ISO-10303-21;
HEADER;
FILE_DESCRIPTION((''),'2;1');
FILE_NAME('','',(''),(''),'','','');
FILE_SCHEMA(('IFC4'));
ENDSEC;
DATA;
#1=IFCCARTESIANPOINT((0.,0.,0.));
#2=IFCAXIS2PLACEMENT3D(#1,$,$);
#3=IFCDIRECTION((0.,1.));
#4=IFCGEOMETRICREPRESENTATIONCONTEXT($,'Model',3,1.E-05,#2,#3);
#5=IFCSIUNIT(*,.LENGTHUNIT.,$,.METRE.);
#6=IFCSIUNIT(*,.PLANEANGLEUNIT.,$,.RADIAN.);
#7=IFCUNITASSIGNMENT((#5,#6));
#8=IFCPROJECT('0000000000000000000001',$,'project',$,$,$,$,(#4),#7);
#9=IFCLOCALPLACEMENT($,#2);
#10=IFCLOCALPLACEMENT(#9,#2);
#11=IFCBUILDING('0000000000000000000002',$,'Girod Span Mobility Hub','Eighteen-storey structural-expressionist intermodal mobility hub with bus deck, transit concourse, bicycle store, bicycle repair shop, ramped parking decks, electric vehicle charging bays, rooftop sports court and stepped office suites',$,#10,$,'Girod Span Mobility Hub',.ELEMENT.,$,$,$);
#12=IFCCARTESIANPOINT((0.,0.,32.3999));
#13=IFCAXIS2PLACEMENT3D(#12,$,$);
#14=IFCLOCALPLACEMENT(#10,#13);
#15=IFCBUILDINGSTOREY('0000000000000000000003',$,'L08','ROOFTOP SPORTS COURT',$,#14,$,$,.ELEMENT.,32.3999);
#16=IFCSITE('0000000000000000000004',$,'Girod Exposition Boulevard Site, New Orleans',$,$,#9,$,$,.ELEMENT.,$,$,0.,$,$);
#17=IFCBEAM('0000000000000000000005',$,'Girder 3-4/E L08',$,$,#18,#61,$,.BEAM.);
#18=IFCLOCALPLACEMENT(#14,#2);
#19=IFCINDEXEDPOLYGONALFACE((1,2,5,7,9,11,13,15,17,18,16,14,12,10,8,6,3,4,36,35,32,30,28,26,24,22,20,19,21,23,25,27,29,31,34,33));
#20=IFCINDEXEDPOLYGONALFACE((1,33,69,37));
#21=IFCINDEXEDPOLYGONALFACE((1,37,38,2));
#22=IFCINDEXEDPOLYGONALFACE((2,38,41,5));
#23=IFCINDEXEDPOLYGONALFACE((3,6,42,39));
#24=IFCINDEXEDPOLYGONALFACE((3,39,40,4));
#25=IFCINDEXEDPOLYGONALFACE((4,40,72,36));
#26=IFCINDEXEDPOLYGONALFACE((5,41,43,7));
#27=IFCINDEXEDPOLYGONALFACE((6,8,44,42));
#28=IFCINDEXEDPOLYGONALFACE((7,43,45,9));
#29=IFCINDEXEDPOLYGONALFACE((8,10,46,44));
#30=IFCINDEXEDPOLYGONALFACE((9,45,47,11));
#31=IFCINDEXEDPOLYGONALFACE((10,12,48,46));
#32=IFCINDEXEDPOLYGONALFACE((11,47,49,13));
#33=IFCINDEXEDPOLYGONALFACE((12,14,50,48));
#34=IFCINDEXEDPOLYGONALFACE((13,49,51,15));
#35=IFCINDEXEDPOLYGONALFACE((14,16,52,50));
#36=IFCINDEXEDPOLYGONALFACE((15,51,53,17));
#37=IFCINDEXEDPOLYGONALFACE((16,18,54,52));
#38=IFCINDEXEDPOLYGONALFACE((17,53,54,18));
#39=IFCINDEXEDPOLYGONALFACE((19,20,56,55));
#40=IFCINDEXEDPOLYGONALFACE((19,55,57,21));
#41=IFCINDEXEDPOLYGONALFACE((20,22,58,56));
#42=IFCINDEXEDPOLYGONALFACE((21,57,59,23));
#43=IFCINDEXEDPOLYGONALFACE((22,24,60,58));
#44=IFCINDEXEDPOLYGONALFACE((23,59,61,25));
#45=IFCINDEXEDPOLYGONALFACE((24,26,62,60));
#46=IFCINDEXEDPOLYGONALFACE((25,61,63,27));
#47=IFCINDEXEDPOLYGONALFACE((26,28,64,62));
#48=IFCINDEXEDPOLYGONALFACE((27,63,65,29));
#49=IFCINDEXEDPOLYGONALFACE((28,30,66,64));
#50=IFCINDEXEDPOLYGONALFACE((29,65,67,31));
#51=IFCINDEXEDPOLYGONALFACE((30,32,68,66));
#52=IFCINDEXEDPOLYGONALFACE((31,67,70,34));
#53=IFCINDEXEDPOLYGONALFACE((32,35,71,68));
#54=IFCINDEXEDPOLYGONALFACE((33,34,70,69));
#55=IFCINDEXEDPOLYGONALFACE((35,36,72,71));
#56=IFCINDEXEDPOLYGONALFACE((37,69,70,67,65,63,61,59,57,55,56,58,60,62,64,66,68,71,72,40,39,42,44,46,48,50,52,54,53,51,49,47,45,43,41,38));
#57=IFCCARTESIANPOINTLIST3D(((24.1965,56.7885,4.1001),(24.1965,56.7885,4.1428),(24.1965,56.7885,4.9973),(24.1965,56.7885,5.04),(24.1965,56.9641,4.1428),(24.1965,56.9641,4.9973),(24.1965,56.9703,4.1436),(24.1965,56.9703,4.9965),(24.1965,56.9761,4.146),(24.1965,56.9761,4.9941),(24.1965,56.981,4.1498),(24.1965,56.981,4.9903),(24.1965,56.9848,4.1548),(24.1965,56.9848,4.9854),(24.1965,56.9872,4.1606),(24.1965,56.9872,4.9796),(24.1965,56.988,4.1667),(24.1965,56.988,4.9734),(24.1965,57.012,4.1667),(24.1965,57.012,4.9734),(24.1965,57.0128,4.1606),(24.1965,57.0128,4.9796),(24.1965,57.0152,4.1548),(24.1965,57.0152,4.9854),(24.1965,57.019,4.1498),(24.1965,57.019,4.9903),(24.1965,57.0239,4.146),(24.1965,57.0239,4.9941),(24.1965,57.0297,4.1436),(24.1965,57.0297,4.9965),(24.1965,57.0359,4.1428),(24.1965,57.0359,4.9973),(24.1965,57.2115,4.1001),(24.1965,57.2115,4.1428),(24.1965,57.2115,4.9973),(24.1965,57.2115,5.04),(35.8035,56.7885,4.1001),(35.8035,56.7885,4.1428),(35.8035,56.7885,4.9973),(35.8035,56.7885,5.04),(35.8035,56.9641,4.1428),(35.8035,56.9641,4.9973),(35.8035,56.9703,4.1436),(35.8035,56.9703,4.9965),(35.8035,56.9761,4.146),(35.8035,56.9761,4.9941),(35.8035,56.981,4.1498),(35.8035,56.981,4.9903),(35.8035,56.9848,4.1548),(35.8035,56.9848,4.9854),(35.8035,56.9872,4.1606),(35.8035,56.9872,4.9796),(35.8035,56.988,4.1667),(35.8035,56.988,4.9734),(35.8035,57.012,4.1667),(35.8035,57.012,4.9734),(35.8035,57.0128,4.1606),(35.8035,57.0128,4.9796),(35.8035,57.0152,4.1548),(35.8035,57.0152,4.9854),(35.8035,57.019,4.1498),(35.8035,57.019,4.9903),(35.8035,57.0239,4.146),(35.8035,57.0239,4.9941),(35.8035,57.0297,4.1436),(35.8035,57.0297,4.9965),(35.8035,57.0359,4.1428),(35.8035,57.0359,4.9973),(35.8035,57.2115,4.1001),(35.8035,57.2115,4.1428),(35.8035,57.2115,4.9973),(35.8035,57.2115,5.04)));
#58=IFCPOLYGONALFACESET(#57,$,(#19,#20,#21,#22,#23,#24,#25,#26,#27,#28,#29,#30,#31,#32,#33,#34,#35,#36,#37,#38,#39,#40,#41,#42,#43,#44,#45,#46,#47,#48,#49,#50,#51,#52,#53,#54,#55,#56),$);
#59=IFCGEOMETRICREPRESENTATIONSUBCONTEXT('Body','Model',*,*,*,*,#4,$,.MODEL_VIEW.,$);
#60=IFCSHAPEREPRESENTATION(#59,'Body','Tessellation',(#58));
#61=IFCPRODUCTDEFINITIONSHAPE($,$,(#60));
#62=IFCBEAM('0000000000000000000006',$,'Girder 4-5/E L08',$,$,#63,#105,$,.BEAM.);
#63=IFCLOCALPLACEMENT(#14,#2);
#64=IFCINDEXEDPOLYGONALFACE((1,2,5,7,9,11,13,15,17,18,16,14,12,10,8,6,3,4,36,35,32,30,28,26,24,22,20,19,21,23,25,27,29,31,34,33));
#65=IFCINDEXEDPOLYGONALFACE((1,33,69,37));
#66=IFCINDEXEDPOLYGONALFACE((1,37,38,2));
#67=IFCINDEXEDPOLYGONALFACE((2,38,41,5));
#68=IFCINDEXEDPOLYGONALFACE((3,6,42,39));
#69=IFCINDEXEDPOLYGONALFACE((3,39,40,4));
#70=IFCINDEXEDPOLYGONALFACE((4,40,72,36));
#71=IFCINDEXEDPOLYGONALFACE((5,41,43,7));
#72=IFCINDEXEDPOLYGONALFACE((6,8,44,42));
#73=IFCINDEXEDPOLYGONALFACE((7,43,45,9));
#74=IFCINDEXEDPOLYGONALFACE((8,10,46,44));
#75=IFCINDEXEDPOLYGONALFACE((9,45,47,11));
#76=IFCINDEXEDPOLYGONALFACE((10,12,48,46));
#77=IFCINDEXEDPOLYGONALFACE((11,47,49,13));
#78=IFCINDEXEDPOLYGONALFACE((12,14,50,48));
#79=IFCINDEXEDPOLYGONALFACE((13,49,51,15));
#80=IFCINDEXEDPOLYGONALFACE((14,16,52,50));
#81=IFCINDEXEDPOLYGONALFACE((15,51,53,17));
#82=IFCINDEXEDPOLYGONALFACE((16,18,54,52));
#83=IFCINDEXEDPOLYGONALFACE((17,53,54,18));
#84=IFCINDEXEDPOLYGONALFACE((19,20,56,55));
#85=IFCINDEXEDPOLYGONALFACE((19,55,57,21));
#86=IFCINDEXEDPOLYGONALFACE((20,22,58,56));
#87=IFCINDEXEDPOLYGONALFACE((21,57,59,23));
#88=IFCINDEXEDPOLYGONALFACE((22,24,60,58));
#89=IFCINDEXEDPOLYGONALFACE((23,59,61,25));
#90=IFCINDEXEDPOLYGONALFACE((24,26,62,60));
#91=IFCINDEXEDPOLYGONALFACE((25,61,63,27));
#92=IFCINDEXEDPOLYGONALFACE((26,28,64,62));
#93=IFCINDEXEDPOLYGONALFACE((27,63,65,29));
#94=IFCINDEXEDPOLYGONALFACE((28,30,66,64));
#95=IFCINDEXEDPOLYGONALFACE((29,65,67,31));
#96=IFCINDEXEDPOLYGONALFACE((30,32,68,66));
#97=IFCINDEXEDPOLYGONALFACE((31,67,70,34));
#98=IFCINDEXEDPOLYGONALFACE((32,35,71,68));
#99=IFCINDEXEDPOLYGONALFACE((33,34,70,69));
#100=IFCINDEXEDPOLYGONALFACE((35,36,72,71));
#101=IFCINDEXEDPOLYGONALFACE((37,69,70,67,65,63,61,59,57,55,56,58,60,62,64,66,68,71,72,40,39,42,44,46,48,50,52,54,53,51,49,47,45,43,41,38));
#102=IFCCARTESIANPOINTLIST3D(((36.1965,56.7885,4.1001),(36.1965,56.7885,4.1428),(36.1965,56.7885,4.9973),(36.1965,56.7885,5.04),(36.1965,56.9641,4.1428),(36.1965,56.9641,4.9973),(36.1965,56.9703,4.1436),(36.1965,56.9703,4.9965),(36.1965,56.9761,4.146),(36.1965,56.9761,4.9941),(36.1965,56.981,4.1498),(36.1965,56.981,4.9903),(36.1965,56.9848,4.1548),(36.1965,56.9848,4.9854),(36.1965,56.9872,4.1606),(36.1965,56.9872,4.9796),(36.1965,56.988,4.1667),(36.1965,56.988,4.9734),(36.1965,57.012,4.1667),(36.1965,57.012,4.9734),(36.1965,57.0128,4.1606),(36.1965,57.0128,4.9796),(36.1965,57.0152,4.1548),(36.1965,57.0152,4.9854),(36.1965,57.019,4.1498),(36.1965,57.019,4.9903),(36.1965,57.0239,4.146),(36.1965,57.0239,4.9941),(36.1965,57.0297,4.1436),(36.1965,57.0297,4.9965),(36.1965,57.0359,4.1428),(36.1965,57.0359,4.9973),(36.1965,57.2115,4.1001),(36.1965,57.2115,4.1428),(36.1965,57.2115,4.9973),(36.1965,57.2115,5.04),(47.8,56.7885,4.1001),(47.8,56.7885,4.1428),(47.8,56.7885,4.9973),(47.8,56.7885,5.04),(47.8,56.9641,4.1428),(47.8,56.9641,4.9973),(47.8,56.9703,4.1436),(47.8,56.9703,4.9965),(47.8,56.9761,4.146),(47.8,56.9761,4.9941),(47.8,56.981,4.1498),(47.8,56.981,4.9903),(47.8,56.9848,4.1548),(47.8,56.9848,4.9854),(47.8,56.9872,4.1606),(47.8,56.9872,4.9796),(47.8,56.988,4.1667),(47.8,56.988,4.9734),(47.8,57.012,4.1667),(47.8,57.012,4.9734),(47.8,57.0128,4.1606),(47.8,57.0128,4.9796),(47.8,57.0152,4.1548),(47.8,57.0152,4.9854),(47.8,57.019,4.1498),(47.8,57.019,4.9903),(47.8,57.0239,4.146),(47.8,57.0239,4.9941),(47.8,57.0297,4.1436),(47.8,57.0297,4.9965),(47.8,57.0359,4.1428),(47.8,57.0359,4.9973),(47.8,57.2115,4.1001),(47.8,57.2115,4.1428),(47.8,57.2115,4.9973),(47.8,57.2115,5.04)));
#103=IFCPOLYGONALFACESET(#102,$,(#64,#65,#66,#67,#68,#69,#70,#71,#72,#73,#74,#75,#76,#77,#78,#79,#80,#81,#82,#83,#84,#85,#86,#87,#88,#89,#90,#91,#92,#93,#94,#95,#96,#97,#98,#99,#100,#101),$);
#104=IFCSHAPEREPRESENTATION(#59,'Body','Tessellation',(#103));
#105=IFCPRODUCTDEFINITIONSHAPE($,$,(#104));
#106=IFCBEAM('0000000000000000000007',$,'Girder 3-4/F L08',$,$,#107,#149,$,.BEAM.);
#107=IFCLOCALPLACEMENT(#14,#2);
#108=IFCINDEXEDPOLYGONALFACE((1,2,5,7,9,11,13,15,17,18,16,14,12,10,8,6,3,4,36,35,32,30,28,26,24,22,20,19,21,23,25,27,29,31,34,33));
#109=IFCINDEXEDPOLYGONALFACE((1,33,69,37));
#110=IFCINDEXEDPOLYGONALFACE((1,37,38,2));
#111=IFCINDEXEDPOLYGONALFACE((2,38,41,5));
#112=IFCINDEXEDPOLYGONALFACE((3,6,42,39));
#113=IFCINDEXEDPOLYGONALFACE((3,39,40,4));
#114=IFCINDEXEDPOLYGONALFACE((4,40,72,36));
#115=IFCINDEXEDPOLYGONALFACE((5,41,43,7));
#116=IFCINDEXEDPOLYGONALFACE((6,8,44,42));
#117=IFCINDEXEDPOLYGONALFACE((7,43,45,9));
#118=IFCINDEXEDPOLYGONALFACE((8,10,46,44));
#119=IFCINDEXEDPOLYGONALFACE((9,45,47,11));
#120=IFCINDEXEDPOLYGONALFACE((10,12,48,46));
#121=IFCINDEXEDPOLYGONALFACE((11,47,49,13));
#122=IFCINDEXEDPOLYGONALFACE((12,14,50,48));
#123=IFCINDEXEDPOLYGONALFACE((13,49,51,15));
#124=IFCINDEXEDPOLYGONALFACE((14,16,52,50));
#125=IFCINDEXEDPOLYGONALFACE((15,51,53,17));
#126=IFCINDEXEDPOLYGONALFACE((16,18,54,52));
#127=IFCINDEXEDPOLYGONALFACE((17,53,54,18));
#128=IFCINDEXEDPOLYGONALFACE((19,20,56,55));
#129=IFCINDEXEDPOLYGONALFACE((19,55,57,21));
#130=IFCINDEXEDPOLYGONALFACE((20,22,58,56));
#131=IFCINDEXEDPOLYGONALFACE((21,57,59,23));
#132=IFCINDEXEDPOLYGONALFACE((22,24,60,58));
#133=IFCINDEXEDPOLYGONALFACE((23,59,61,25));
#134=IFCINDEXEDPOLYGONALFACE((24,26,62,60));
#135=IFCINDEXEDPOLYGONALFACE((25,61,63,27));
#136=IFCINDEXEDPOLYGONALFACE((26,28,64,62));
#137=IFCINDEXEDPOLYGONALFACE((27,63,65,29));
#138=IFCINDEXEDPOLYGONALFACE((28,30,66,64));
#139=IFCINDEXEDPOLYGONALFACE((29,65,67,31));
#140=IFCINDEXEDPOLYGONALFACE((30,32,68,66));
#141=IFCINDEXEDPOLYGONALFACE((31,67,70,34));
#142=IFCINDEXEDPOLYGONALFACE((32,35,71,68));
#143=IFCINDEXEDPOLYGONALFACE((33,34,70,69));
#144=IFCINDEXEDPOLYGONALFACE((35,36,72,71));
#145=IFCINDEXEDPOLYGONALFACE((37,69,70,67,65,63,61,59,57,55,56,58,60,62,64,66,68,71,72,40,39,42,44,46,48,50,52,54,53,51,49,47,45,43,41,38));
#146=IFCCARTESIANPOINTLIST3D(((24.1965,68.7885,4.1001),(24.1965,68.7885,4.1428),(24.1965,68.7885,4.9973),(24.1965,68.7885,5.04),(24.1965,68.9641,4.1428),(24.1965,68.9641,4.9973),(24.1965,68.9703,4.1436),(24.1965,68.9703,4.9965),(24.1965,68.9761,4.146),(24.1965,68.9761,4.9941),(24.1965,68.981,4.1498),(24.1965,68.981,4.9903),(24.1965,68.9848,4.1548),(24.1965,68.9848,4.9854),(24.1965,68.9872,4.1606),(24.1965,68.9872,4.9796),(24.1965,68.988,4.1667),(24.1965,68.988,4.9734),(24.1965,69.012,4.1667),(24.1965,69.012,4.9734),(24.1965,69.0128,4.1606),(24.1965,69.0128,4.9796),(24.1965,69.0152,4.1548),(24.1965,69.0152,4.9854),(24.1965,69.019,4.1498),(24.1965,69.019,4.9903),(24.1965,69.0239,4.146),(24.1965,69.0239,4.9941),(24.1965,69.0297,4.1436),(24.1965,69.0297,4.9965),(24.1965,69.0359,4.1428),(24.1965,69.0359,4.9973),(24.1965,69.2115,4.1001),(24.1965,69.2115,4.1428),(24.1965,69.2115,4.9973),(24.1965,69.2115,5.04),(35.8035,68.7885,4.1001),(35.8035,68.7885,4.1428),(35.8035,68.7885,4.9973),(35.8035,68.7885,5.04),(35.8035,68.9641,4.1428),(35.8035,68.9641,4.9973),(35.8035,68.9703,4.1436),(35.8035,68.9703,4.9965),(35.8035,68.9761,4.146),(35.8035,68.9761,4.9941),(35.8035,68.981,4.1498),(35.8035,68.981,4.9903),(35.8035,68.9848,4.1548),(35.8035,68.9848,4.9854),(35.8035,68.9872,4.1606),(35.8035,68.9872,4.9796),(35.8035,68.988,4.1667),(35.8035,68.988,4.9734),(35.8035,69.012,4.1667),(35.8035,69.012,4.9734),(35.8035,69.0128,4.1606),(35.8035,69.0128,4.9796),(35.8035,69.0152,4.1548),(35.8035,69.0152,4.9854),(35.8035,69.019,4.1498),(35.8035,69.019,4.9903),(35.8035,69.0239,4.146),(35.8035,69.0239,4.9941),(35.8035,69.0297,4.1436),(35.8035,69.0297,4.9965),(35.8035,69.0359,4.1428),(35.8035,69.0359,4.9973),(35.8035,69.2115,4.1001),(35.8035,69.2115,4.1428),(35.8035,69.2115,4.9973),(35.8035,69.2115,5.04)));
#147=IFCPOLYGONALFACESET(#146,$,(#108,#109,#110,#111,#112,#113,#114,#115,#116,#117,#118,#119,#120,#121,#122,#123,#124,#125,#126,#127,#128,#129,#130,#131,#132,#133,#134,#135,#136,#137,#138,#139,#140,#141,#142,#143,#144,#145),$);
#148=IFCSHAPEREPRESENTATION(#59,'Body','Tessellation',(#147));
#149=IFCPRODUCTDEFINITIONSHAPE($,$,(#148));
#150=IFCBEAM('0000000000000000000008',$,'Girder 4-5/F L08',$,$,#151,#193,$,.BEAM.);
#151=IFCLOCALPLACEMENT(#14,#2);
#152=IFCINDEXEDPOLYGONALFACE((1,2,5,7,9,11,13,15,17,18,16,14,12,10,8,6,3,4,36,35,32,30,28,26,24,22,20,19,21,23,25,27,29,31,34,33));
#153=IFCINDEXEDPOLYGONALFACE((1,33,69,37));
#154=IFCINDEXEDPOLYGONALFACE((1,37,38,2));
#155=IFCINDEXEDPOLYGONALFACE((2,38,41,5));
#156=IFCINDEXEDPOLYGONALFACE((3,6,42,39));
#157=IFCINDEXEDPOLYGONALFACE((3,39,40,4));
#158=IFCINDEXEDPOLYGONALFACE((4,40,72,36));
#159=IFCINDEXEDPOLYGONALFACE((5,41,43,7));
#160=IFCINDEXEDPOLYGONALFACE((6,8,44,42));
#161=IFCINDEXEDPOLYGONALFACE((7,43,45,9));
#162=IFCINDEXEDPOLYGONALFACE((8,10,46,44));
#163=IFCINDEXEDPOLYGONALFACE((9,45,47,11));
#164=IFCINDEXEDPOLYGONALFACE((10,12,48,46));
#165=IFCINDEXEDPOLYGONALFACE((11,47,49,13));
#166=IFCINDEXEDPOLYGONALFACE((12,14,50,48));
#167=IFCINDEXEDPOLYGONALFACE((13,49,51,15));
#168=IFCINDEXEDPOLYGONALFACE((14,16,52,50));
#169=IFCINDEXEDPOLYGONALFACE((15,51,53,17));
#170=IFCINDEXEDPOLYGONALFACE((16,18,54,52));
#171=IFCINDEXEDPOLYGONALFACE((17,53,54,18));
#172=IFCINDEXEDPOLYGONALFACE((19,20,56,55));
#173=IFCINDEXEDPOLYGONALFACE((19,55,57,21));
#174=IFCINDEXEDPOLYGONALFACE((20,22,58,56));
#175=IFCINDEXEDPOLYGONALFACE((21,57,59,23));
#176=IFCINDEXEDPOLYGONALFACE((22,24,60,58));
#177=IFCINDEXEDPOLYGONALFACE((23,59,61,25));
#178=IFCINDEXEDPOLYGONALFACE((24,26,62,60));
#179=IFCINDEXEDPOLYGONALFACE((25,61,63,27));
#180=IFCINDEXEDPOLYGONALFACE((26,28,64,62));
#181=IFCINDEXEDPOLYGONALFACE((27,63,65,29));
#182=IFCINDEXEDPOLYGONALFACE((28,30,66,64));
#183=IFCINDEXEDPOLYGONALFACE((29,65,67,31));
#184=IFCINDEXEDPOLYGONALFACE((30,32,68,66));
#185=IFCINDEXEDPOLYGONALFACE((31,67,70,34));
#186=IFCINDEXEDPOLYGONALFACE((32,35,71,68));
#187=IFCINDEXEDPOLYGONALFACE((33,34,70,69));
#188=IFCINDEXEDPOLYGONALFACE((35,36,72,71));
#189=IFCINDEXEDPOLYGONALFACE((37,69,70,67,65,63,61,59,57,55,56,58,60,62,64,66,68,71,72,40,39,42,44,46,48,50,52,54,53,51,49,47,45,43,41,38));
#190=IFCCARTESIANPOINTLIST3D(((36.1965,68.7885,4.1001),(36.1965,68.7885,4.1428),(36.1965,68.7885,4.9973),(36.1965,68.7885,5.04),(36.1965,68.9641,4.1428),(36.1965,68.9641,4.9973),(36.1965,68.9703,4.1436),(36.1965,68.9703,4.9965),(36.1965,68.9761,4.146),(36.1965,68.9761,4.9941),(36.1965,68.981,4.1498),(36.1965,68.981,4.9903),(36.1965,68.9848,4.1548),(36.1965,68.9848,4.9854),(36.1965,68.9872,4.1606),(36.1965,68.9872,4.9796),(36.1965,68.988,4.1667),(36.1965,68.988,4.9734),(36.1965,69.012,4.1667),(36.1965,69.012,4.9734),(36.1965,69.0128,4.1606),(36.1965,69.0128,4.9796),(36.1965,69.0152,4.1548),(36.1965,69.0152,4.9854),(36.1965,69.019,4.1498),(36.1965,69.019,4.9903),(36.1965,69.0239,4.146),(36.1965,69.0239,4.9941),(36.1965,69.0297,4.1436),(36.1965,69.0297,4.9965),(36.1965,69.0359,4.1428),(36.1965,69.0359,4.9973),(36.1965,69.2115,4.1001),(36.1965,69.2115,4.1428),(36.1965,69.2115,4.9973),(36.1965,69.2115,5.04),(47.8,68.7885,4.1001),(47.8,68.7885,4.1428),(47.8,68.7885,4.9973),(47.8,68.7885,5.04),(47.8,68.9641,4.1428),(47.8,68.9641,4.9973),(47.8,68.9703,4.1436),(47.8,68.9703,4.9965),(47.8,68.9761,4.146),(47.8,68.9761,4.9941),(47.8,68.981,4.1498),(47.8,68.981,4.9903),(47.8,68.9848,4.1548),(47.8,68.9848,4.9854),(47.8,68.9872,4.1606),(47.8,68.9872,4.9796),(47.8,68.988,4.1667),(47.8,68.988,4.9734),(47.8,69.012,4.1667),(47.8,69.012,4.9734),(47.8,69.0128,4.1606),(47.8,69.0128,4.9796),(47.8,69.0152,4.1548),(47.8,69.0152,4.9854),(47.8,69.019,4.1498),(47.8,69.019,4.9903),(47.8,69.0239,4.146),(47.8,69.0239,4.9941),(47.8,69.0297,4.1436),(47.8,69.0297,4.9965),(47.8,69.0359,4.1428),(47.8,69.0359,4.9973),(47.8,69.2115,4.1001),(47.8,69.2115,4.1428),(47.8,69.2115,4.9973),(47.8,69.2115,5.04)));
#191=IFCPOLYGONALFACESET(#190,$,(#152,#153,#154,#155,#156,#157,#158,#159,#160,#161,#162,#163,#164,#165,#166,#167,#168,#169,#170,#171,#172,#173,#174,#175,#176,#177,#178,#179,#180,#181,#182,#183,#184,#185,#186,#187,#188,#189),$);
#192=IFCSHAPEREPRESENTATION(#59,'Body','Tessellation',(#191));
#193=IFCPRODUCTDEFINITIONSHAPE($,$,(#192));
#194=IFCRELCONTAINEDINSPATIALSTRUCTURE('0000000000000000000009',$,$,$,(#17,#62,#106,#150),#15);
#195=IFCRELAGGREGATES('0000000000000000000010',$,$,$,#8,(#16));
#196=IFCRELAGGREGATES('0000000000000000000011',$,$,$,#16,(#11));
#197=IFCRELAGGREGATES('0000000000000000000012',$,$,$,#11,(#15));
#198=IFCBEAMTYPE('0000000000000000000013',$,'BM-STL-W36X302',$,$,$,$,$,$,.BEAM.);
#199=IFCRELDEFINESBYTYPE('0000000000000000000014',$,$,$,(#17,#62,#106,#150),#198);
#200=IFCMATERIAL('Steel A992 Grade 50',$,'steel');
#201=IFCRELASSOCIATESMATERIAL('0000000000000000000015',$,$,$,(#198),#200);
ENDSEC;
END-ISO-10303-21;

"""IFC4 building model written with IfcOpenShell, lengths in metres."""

from ifc_helpers import new_model, si_unit, direction, frame, origin, origin_2d, place, context, subcontext, project, spatial, i_section, extrude, material, material_profile, profile_set, type_object, element, save


model = new_model("IFC4")

# Units and contexts
model_context = context("Model", 3, precision=1e-05, world=origin(), true_north=direction((0.0, 1.0)))
body_context = subcontext(model_context, "Body", "Model", "MODEL_VIEW")
ifc_project = project(units=[si_unit("LENGTHUNIT", "METRE"), si_unit("PLANEANGLEUNIT", "RADIAN")], contexts=[model_context])

# Site, building, storey
site_placement = place(None, origin())
site = spatial("IfcSite", under=ifc_project, at=site_placement, Name="Girod Exposition Boulevard Site, New Orleans", CompositionType="ELEMENT", RefElevation=0.0)
building_placement = place(site_placement, origin())
building = spatial("IfcBuilding", under=site, at=building_placement, Name="Girod Span Mobility Hub", Description="Eighteen-storey structural-expressionist intermodal mobility hub with bus deck, transit concourse, bicycle store, bicycle repair shop, ramped parking decks, electric vehicle charging bays, rooftop sports court and stepped office suites", LongName="Girod Span Mobility Hub", CompositionType="ELEMENT")
storey_placement = place(building_placement, frame((0.0, 0.0, 32.3999)))
storey = spatial("IfcBuildingStorey", under=building, at=storey_placement, Name="L08", Description="ROOFTOP SPORTS COURT", CompositionType="ELEMENT", Elevation=32.3999)

# Beams
ifc_material_1 = material(Name="Steel A992 Grade 50", Category="steel")
ifc_material_profile_1 = material_profile(ifc_material_1, i_section(OverallWidth=0.4231, OverallDepth=0.9399, WebThickness=0.0239, FlangeThickness=0.0427, FilletRadius=0.0239, at=origin_2d()), Name="W36X302")
ifc_profile_set_1 = profile_set([ifc_material_profile_1], Name="Steel A992 Grade 50")
beam_type_1 = type_object("IfcBeamType", Name="BM-STL-W36X302", PredefinedType="BEAM", material=ifc_profile_set_1)
beam_1_placement = place(storey_placement, frame((24.1965, 57.0, 4.5701), z_axis=(1.0, 0.0, 0.0), x_axis=(0.0, 1.0, 0.0)))
element("IfcBeam", 1, at=beam_1_placement, inside=storey, type_object=beam_type_1, Name="Girder 3-4/E L08", PredefinedType="BEAM", context=body_context, shape_type="SweptSolid", body=[
    extrude(i_section(OverallWidth=0.4231, OverallDepth=0.9399, WebThickness=0.0239, FlangeThickness=0.0427, FilletRadius=0.0239, at=origin_2d()), origin(), (0.0, 0.0, 1.0), 11.6069),
])
beam_2_placement = place(storey_placement, frame((36.1965, 57.0, 4.5701), z_axis=(1.0, 0.0, 0.0), x_axis=(0.0, 1.0, 0.0)))
element("IfcBeam", 2, at=beam_2_placement, inside=storey, type_object=beam_type_1, Name="Girder 4-5/E L08", PredefinedType="BEAM", context=body_context, shape_type="SweptSolid", body=[
    extrude(i_section(OverallWidth=0.4231, OverallDepth=0.9399, WebThickness=0.0239, FlangeThickness=0.0427, FilletRadius=0.0239, at=origin_2d()), origin(), (0.0, 0.0, 1.0), 11.6035),
])
beam_3_placement = place(storey_placement, frame((24.1965, 69.0, 4.5701), z_axis=(1.0, 0.0, 0.0), x_axis=(0.0, 1.0, 0.0)))
element("IfcBeam", 3, at=beam_3_placement, inside=storey, type_object=beam_type_1, Name="Girder 3-4/F L08", PredefinedType="BEAM", context=body_context, shape_type="SweptSolid", body=[
    extrude(i_section(OverallWidth=0.4231, OverallDepth=0.9399, WebThickness=0.0239, FlangeThickness=0.0427, FilletRadius=0.0239, at=origin_2d()), origin(), (0.0, 0.0, 1.0), 11.6069),
])
beam_4_placement = place(storey_placement, frame((36.1965, 69.0, 4.5701), z_axis=(1.0, 0.0, 0.0), x_axis=(0.0, 1.0, 0.0)))
element("IfcBeam", 4, at=beam_4_placement, inside=storey, type_object=beam_type_1, Name="Girder 4-5/F L08", PredefinedType="BEAM", context=body_context, shape_type="SweptSolid", body=[
    extrude(i_section(OverallWidth=0.4231, OverallDepth=0.9399, WebThickness=0.0239, FlangeThickness=0.0427, FilletRadius=0.0239, at=origin_2d()), origin(), (0.0, 0.0, 1.0), 11.6035),
])

save(model, "model.ifc")
